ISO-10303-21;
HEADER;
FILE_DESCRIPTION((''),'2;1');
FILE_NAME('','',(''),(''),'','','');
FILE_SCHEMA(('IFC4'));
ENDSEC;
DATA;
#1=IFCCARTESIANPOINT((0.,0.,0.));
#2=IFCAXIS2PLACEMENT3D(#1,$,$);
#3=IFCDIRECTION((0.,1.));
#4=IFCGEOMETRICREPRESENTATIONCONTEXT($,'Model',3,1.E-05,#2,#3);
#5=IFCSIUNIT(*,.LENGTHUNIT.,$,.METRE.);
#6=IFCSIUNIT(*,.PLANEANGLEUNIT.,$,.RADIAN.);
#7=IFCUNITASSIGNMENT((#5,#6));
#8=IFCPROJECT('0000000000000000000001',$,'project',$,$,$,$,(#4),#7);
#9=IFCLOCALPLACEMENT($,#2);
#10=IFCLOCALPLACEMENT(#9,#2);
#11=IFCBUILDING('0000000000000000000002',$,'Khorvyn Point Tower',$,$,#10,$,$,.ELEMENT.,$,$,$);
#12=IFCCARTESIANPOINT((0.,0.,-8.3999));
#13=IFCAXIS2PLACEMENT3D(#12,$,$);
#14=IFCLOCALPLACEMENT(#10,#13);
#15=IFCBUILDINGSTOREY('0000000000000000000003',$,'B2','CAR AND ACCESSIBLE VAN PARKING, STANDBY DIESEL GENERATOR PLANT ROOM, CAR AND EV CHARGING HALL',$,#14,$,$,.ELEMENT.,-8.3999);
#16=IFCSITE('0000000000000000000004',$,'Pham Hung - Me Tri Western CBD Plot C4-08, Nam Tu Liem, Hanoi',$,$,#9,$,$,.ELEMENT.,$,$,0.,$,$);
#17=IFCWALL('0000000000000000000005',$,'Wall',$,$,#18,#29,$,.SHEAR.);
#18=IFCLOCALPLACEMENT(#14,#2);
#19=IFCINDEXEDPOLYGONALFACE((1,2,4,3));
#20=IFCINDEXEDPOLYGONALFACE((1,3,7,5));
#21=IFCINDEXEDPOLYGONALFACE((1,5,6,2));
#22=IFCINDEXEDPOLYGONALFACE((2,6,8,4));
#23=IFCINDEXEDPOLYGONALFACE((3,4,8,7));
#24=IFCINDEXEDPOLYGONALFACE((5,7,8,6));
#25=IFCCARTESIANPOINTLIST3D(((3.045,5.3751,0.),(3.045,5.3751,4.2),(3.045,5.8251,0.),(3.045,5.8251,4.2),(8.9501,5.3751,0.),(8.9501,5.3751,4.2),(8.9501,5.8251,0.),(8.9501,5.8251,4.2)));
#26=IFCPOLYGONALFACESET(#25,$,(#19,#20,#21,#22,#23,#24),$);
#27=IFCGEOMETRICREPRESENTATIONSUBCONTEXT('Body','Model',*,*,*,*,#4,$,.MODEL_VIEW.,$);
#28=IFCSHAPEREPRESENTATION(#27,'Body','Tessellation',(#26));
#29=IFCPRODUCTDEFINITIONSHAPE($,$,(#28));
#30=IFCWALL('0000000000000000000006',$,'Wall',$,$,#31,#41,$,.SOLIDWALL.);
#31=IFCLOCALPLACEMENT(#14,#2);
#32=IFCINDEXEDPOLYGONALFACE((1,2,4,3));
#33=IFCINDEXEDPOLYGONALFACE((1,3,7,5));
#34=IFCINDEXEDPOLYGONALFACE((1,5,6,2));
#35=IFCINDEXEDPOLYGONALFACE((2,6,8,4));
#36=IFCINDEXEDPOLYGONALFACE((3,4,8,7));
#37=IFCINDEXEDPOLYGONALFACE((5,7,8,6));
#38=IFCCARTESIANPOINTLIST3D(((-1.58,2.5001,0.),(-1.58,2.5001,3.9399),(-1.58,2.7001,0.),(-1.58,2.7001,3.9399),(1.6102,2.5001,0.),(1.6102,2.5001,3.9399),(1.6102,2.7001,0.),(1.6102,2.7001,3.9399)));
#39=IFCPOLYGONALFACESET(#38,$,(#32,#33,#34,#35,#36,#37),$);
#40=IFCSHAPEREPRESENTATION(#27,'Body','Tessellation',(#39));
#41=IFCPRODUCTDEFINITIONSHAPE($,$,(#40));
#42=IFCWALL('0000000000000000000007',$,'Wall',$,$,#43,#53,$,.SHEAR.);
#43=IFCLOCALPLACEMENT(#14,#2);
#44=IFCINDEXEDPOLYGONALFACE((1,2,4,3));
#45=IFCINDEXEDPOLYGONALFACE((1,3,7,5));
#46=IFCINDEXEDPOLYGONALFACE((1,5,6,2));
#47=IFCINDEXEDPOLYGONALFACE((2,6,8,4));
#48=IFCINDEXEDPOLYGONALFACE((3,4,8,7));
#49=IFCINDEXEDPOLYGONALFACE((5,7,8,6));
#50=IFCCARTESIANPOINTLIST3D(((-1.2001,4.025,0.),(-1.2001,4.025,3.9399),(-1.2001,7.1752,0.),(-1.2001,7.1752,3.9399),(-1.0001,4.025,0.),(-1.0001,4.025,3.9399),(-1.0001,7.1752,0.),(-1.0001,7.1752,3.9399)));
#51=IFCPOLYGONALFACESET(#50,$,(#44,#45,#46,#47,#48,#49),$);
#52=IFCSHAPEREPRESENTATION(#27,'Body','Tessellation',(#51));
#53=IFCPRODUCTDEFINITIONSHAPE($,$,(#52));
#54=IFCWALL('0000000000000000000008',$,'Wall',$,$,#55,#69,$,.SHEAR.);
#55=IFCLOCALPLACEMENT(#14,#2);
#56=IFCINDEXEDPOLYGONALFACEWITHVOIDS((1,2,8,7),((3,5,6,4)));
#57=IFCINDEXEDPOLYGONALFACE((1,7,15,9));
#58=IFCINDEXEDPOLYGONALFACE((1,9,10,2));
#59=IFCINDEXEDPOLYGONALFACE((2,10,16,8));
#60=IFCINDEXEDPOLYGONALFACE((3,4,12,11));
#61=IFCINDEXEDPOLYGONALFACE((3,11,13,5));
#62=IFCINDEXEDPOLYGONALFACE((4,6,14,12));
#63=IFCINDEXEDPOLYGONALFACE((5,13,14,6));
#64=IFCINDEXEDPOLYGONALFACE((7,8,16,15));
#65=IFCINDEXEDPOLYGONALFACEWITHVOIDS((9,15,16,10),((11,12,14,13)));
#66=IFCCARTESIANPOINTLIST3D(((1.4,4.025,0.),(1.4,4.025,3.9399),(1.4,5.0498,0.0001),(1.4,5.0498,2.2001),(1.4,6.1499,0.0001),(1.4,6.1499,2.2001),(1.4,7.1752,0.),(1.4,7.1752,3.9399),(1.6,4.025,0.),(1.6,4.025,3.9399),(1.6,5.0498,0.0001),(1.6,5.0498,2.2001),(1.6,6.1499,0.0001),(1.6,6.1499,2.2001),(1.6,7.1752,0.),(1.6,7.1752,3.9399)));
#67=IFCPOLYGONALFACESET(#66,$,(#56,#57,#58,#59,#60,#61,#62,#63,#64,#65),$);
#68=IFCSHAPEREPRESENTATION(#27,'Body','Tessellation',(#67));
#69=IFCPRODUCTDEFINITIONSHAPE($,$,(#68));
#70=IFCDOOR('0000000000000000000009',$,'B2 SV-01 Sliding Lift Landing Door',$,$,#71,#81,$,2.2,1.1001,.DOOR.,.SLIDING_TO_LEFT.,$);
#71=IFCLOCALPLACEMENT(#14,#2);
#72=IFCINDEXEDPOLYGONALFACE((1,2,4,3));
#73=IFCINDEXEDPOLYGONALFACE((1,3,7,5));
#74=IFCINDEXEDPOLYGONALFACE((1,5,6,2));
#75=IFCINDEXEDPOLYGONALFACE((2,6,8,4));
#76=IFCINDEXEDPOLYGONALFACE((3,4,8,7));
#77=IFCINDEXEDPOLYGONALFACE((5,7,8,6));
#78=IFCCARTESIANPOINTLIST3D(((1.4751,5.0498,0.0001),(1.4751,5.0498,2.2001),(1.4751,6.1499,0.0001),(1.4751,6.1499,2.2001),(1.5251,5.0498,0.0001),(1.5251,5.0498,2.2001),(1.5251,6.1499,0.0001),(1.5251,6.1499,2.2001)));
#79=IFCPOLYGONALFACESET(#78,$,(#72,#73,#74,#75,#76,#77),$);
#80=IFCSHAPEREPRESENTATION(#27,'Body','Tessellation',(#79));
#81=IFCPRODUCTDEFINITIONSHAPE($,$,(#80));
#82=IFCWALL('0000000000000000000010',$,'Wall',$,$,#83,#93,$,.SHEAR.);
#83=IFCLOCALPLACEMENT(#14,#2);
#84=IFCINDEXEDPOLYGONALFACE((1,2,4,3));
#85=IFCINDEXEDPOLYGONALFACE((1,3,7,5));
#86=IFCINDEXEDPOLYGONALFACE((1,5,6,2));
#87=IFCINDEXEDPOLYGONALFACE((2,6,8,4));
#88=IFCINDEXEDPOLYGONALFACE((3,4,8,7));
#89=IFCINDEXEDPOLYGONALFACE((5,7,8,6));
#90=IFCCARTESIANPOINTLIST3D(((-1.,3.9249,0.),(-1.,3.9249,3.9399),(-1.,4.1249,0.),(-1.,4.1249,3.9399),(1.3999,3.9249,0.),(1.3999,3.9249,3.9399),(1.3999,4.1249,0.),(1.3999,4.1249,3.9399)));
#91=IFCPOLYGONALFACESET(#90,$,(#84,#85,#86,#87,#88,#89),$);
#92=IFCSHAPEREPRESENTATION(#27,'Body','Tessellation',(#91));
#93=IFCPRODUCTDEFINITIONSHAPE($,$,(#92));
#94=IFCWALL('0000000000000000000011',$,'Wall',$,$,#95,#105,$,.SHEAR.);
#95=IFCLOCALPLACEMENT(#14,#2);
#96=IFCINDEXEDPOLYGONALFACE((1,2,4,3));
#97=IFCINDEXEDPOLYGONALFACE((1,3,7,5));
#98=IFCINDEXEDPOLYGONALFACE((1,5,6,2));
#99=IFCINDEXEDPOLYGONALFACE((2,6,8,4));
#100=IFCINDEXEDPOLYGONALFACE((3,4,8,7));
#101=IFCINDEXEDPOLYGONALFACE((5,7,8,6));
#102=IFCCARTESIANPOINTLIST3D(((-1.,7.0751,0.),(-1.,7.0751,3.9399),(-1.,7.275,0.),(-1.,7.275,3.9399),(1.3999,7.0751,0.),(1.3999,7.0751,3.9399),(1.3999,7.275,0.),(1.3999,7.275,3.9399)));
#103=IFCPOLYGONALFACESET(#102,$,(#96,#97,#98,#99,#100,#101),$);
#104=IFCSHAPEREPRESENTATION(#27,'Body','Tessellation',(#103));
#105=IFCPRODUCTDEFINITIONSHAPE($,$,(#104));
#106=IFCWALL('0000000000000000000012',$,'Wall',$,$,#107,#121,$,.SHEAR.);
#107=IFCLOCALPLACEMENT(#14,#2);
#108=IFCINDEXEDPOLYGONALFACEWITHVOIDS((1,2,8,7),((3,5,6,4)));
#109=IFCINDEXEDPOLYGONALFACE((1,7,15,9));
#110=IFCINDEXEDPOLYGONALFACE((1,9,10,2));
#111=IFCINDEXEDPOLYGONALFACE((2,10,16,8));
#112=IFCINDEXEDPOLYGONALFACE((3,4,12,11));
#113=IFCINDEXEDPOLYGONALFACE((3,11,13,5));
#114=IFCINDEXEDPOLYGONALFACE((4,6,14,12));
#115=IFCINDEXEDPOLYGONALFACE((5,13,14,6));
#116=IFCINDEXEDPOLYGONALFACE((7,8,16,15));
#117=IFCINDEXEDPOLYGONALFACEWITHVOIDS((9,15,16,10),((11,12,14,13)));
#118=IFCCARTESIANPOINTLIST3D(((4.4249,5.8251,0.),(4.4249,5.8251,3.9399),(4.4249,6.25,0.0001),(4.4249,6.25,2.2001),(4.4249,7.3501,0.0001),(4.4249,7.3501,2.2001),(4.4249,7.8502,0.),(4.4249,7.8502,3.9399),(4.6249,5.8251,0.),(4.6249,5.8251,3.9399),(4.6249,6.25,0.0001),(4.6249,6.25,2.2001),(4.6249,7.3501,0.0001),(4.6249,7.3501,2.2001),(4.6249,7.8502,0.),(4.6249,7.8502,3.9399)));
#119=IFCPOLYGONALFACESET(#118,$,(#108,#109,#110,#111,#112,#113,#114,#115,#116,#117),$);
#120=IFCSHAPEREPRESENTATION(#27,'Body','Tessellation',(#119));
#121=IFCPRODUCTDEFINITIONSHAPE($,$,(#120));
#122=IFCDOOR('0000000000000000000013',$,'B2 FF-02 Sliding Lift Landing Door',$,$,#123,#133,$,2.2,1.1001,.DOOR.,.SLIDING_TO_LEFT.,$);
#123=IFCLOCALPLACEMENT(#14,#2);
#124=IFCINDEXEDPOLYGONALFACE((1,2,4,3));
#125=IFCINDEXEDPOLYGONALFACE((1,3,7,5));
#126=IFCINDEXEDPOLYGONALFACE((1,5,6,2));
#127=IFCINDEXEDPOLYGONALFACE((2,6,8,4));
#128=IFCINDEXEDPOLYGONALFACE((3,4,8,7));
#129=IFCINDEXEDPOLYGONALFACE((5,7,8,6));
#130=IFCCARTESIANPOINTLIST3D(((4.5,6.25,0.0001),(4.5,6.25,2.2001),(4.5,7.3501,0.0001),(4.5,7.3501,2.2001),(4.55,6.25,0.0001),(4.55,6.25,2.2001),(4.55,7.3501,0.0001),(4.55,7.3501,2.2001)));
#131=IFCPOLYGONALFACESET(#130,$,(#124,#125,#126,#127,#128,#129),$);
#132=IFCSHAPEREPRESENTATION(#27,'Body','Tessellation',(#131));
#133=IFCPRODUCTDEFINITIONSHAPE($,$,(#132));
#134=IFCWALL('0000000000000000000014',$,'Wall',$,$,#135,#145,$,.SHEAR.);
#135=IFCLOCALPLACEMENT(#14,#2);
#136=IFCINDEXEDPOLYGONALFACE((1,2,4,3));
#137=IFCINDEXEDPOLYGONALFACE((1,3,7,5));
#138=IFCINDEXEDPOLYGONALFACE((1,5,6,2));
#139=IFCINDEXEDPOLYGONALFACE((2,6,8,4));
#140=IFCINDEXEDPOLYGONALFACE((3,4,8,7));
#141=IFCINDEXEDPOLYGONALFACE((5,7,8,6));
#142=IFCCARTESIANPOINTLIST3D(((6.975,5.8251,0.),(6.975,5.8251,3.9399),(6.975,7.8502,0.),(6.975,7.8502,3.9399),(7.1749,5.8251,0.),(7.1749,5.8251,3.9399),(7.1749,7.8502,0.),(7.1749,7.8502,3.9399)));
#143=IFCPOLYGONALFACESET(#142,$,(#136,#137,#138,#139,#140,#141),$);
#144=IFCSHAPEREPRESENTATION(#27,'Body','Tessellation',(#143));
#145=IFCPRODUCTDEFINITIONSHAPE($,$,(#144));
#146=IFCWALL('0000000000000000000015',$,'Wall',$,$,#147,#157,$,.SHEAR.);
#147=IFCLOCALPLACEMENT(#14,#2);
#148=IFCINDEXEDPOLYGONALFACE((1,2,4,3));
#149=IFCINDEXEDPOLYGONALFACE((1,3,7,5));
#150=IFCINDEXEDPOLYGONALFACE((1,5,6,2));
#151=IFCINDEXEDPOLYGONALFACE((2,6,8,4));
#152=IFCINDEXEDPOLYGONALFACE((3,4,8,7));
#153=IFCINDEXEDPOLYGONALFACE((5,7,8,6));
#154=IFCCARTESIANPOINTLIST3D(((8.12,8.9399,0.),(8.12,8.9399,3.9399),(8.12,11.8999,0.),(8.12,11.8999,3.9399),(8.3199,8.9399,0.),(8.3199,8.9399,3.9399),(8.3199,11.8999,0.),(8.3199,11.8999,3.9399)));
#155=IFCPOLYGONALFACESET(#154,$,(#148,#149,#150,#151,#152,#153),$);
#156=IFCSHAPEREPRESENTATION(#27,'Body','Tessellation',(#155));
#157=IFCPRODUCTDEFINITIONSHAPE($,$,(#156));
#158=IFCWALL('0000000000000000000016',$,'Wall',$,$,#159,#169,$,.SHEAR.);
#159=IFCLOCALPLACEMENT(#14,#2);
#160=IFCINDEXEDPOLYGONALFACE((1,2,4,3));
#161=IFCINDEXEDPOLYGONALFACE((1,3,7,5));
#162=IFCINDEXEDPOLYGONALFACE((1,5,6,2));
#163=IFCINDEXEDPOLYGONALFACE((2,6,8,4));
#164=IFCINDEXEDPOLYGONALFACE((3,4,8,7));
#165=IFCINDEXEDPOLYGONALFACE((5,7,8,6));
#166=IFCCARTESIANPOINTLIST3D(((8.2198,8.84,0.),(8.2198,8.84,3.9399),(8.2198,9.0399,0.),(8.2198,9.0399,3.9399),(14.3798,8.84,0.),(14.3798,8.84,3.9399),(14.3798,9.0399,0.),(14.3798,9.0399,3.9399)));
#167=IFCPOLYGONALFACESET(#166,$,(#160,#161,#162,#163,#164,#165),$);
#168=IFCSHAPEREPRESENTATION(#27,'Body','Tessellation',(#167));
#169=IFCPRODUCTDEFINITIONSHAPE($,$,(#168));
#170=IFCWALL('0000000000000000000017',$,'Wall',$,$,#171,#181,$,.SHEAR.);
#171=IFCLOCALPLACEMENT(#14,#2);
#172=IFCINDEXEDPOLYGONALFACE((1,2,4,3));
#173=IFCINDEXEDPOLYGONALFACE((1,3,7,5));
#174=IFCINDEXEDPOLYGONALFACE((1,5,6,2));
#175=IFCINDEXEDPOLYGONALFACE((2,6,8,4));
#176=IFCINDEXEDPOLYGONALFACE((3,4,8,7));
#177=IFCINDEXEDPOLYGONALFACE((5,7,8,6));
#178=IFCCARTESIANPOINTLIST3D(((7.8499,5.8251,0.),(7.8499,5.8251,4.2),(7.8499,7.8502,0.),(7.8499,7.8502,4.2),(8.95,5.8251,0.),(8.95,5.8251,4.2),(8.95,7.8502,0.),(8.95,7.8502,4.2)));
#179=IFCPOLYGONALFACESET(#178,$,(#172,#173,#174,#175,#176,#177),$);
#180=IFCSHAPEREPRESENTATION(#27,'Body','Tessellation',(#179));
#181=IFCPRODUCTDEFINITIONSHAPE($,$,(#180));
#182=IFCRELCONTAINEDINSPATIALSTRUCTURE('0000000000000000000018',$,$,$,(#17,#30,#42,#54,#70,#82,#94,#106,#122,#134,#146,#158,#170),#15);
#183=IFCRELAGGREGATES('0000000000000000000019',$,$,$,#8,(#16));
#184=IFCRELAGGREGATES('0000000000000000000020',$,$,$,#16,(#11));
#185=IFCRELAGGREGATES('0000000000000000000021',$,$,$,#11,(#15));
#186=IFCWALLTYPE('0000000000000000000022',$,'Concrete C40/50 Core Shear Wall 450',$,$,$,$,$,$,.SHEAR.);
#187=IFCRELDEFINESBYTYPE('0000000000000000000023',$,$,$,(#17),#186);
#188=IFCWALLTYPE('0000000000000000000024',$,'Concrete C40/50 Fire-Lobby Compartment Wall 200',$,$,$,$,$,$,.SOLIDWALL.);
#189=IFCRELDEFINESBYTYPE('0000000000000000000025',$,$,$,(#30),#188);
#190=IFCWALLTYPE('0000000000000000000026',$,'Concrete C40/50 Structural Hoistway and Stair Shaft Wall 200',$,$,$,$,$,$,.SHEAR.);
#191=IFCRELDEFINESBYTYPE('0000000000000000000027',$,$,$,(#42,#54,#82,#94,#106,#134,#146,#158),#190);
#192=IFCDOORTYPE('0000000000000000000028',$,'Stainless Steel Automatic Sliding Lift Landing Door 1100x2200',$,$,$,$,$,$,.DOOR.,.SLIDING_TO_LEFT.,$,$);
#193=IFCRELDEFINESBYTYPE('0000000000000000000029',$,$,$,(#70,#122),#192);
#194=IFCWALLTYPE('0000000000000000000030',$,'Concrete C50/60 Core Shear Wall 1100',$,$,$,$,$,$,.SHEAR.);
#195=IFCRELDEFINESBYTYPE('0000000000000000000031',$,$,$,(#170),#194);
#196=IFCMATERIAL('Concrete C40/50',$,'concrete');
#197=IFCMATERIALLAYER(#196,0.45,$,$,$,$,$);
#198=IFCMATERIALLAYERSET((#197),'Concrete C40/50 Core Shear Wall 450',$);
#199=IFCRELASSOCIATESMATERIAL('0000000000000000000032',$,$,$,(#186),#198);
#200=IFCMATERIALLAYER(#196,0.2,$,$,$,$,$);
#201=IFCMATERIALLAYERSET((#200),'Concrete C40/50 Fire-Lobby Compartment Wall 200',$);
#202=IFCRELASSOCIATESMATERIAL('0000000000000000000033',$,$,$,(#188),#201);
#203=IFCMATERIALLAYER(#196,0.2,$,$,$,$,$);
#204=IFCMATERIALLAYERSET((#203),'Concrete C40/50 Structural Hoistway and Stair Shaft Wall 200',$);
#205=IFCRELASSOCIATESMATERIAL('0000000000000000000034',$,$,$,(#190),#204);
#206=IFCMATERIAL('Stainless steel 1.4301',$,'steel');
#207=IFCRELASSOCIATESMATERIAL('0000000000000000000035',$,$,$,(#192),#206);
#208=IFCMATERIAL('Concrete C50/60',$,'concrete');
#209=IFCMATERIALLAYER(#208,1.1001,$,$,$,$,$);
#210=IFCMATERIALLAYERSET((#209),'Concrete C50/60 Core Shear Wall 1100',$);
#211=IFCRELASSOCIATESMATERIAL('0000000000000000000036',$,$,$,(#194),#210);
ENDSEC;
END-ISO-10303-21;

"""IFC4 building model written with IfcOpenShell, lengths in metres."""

from ifc_helpers import new_model, si_unit, direction, frame, frame_2d, origin, place, context, subcontext, project, spatial, rectangle, extrude, material, layer, layer_set, type_object, element, fill, save


model = new_model("IFC4")

# Units and contexts
model_context = context("Model", 3, precision=1e-05, world=origin(), true_north=direction((0.0, 1.0)))
body_context = subcontext(model_context, "Body", "Model", "MODEL_VIEW")
ifc_project = project(units=[si_unit("LENGTHUNIT", "METRE"), si_unit("PLANEANGLEUNIT", "RADIAN")], contexts=[model_context])

# Site, building, storey
site_placement = place(None, origin())
site = spatial("IfcSite", under=ifc_project, at=site_placement, Name="Pham Hung - Me Tri Western CBD Plot C4-08, Nam Tu Liem, Hanoi", CompositionType="ELEMENT", RefElevation=0.0)
building_placement = place(site_placement, origin())
building = spatial("IfcBuilding", under=site, at=building_placement, Name="Khorvyn Point Tower", CompositionType="ELEMENT")
storey_placement = place(building_placement, frame((0.0, 0.0, -8.3999)))
storey = spatial("IfcBuildingStorey", under=building, at=storey_placement, Name="B2", Description="CAR AND ACCESSIBLE VAN PARKING, STANDBY DIESEL GENERATOR PLANT ROOM, CAR AND EV CHARGING HALL", CompositionType="ELEMENT", Elevation=-8.3999)

# Shared definitions
ifc_material_1 = material(Name="Concrete C40/50", Category="concrete")

# Walls
ifc_layer_1 = layer(ifc_material_1, 0.45)
ifc_layer_set_1 = layer_set([ifc_layer_1], Name="Concrete C40/50 Core Shear Wall 450")
wall_type_1 = type_object("IfcWallType", Name="Concrete C40/50 Core Shear Wall 450", PredefinedType="SHEAR", material=ifc_layer_set_1)
wall_1_placement = place(storey_placement, frame((3.0449, 5.6001, 0.0), z_axis=(0.0, 0.0, 1.0), x_axis=(1.0, 0.0, 0.0)))
element("IfcWall", 1, at=wall_1_placement, inside=storey, type_object=wall_type_1, Name="Wall", PredefinedType="SHEAR", context=body_context, shape_type="SweptSolid", body=[
    extrude(rectangle(XDim=5.905, YDim=0.45, at=frame_2d((2.9526, 0.0))), origin(), (0.0, 0.0, 1.0), 4.2),
])
ifc_layer_2 = layer(ifc_material_1, 0.2)
ifc_layer_set_2 = layer_set([ifc_layer_2], Name="Concrete C40/50 Fire-Lobby Compartment Wall 200")
wall_type_2 = type_object("IfcWallType", Name="Concrete C40/50 Fire-Lobby Compartment Wall 200", PredefinedType="SOLIDWALL", material=ifc_layer_set_2)
wall_2_placement = place(storey_placement, frame((-1.5801, 2.6001, 0.0), z_axis=(0.0, 0.0, 1.0), x_axis=(1.0, 0.0, 0.0)))
element("IfcWall", 2, at=wall_2_placement, inside=storey, type_object=wall_type_2, Name="Wall", PredefinedType="SOLIDWALL", context=body_context, shape_type="SweptSolid", body=[
    extrude(rectangle(XDim=3.1902, YDim=0.2, at=frame_2d((1.5952, 0.0))), origin(), (0.0, 0.0, 1.0), 3.9399),
])
ifc_layer_3 = layer(ifc_material_1, 0.2)
ifc_layer_set_3 = layer_set([ifc_layer_3], Name="Concrete C40/50 Structural Hoistway and Stair Shaft Wall 200")
wall_type_3 = type_object("IfcWallType", Name="Concrete C40/50 Structural Hoistway and Stair Shaft Wall 200", PredefinedType="SHEAR", material=ifc_layer_set_3)
wall_3_placement = place(storey_placement, frame((-1.1001, 4.0249, 0.0), z_axis=(0.0, 0.0, 1.0), x_axis=(0.0, 1.0, 0.0)))
element("IfcWall", 3, at=wall_3_placement, inside=storey, type_object=wall_type_3, Name="Wall", PredefinedType="SHEAR", context=body_context, shape_type="SweptSolid", body=[
    extrude(rectangle(XDim=3.1501, YDim=0.2, at=frame_2d((1.5752, 0.0))), origin(), (0.0, 0.0, 1.0), 3.9399),
])

# Wall, opening, door
wall_4_placement = place(storey_placement, frame((1.5, 4.0249, 0.0), z_axis=(0.0, 0.0, 1.0), x_axis=(0.0, 1.0, 0.0)))
wall_4 = element("IfcWall", 4, at=wall_4_placement, inside=storey, type_object=wall_type_3, Name="Wall", PredefinedType="SHEAR", context=body_context, shape_type="SweptSolid", body=[
    extrude(rectangle(XDim=3.1501, YDim=0.2, at=frame_2d((1.5752, 0.0))), origin(), (0.0, 0.0, 1.0), 3.9399),
])
opening_1_placement = place(wall_4_placement, frame((1.0249, 0.0, 0.0)))
opening_1 = element("IfcOpeningElement", 5, at=opening_1_placement, cuts=wall_4, PredefinedType="OPENING", context=body_context, shape_type="SweptSolid", body=[
    extrude(rectangle(XDim=1.1001, YDim=2.2, at=frame_2d((0.55, 1.1001))), frame((0.0, 0.1099, 0.0), z_axis=(0.0, -1.0, 0.0), x_axis=(1.0, 0.0, 0.0)), (0.0, 0.0, 1.0), 0.22),
])
ifc_material_2 = material(Name="Stainless steel 1.4301", Category="steel")
door_type = type_object("IfcDoorType", Name="Stainless Steel Automatic Sliding Lift Landing Door 1100x2200", OperationType="SLIDING_TO_LEFT", PredefinedType="DOOR", material=ifc_material_2)
door_1_placement = place(opening_1_placement, origin())
door_1 = element("IfcDoor", 6, at=door_1_placement, inside=storey, type_object=door_type, Name="B2 SV-01 Sliding Lift Landing Door", OperationType="SLIDING_TO_LEFT", OverallHeight=2.2, OverallWidth=1.1001, PredefinedType="DOOR", context=body_context, shape_type="SweptSolid", body=[
    extrude(rectangle(XDim=1.1001, YDim=2.2, at=frame_2d((0.55, 1.1001))), frame((0.0, 0.0249, 0.0), z_axis=(0.0, -1.0, 0.0), x_axis=(1.0, 0.0, 0.0)), (0.0, 0.0, 1.0), 0.05),
])
fill(opening_1, door_1)

# Walls
for number, where, z_axis, x_axis, name in (
    (7, (-1.0, 4.0249, 0.0), (0.0, 0.0, 1.0), (1.0, 0.0, 0.0), "Wall"),
    (8, (-1.0, 7.175, 0.0), (0.0, 0.0, 1.0), (1.0, 0.0, 0.0), "Wall"),
):
    element("IfcWall", number, at=place(storey_placement, frame(where, z_axis=z_axis, x_axis=x_axis)), inside=storey, type_object=wall_type_3, Name=name, PredefinedType="SHEAR", context=body_context, shape_type="SweptSolid", body=[
        extrude(rectangle(XDim=2.3999, YDim=0.2, at=frame_2d((1.2, 0.0))), origin(), (0.0, 0.0, 1.0), 3.9399),
    ])

# Wall, opening, door
wall_5_placement = place(storey_placement, frame((4.5249, 5.825, 0.0), z_axis=(0.0, 0.0, 1.0), x_axis=(0.0, 1.0, 0.0)))
wall_5 = element("IfcWall", 9, at=wall_5_placement, inside=storey, type_object=wall_type_3, Name="Wall", PredefinedType="SHEAR", context=body_context, shape_type="SweptSolid", body=[
    extrude(rectangle(XDim=2.0251, YDim=0.2, at=frame_2d((1.0127, 0.0))), origin(), (0.0, 0.0, 1.0), 3.9399),
])
opening_2_placement = place(wall_5_placement, frame((0.425, 0.0, 0.0)))
opening_2 = element("IfcOpeningElement", 10, at=opening_2_placement, cuts=wall_5, PredefinedType="OPENING", context=body_context, shape_type="SweptSolid", body=[
    extrude(rectangle(XDim=1.1001, YDim=2.2, at=frame_2d((0.55, 1.1001))), frame((0.0, 0.1099, 0.0), z_axis=(0.0, -1.0, 0.0), x_axis=(1.0, 0.0, 0.0)), (0.0, 0.0, 1.0), 0.22),
])
door_2_placement = place(opening_2_placement, origin())
door_2 = element("IfcDoor", 11, at=door_2_placement, inside=storey, type_object=door_type, Name="B2 FF-02 Sliding Lift Landing Door", OperationType="SLIDING_TO_LEFT", OverallHeight=2.2, OverallWidth=1.1001, PredefinedType="DOOR", context=body_context, shape_type="SweptSolid", body=[
    extrude(rectangle(XDim=1.1001, YDim=2.2, at=frame_2d((0.55, 1.1001))), frame((0.0, 0.0249, 0.0), z_axis=(0.0, -1.0, 0.0), x_axis=(1.0, 0.0, 0.0)), (0.0, 0.0, 1.0), 0.05),
])
fill(opening_2, door_2)

# Walls
wall_6_placement = place(storey_placement, frame((7.075, 5.825, 0.0), z_axis=(0.0, 0.0, 1.0), x_axis=(0.0, 1.0, 0.0)))
element("IfcWall", 12, at=wall_6_placement, inside=storey, type_object=wall_type_3, Name="Wall", PredefinedType="SHEAR", context=body_context, shape_type="SweptSolid", body=[
    extrude(rectangle(XDim=2.0251, YDim=0.2, at=frame_2d((1.0127, 0.0))), origin(), (0.0, 0.0, 1.0), 3.9399),
])
wall_7_placement = place(storey_placement, frame((8.22, 8.9399, 0.0), z_axis=(0.0, 0.0, 1.0), x_axis=(0.0, 1.0, 0.0)))
element("IfcWall", 13, at=wall_7_placement, inside=storey, type_object=wall_type_3, Name="Wall", PredefinedType="SHEAR", context=body_context, shape_type="SweptSolid", body=[
    extrude(rectangle(XDim=2.96, YDim=0.2, at=frame_2d((1.48, 0.0))), origin(), (0.0, 0.0, 1.0), 3.9399),
])
wall_8_placement = place(storey_placement, frame((14.3799, 8.9399, 0.0), z_axis=(0.0, 0.0, 1.0), x_axis=(-1.0, 0.0, 0.0)))
element("IfcWall", 14, at=wall_8_placement, inside=storey, type_object=wall_type_3, Name="Wall", PredefinedType="SHEAR", context=body_context, shape_type="SweptSolid", body=[
    extrude(rectangle(XDim=6.1599, YDim=0.2, at=frame_2d((3.0801, 0.0))), origin(), (0.0, 0.0, 1.0), 3.9399),
])
ifc_material_3 = material(Name="Concrete C50/60", Category="concrete")
ifc_layer_4 = layer(ifc_material_3, 1.1001)
ifc_layer_set_4 = layer_set([ifc_layer_4], Name="Concrete C50/60 Core Shear Wall 1100")
wall_type_4 = type_object("IfcWallType", Name="Concrete C50/60 Core Shear Wall 1100", PredefinedType="SHEAR", material=ifc_layer_set_4)
wall_9_placement = place(storey_placement, frame((8.3999, 5.825, 0.0), z_axis=(0.0, 0.0, 1.0), x_axis=(0.0, 1.0, 0.0)))
element("IfcWall", 15, at=wall_9_placement, inside=storey, type_object=wall_type_4, Name="Wall", PredefinedType="SHEAR", context=body_context, shape_type="SweptSolid", body=[
    extrude(rectangle(XDim=2.0251, YDim=1.1001, at=frame_2d((1.0127, 0.0))), origin(), (0.0, 0.0, 1.0), 4.2),
])

save(model, "model.ifc")
